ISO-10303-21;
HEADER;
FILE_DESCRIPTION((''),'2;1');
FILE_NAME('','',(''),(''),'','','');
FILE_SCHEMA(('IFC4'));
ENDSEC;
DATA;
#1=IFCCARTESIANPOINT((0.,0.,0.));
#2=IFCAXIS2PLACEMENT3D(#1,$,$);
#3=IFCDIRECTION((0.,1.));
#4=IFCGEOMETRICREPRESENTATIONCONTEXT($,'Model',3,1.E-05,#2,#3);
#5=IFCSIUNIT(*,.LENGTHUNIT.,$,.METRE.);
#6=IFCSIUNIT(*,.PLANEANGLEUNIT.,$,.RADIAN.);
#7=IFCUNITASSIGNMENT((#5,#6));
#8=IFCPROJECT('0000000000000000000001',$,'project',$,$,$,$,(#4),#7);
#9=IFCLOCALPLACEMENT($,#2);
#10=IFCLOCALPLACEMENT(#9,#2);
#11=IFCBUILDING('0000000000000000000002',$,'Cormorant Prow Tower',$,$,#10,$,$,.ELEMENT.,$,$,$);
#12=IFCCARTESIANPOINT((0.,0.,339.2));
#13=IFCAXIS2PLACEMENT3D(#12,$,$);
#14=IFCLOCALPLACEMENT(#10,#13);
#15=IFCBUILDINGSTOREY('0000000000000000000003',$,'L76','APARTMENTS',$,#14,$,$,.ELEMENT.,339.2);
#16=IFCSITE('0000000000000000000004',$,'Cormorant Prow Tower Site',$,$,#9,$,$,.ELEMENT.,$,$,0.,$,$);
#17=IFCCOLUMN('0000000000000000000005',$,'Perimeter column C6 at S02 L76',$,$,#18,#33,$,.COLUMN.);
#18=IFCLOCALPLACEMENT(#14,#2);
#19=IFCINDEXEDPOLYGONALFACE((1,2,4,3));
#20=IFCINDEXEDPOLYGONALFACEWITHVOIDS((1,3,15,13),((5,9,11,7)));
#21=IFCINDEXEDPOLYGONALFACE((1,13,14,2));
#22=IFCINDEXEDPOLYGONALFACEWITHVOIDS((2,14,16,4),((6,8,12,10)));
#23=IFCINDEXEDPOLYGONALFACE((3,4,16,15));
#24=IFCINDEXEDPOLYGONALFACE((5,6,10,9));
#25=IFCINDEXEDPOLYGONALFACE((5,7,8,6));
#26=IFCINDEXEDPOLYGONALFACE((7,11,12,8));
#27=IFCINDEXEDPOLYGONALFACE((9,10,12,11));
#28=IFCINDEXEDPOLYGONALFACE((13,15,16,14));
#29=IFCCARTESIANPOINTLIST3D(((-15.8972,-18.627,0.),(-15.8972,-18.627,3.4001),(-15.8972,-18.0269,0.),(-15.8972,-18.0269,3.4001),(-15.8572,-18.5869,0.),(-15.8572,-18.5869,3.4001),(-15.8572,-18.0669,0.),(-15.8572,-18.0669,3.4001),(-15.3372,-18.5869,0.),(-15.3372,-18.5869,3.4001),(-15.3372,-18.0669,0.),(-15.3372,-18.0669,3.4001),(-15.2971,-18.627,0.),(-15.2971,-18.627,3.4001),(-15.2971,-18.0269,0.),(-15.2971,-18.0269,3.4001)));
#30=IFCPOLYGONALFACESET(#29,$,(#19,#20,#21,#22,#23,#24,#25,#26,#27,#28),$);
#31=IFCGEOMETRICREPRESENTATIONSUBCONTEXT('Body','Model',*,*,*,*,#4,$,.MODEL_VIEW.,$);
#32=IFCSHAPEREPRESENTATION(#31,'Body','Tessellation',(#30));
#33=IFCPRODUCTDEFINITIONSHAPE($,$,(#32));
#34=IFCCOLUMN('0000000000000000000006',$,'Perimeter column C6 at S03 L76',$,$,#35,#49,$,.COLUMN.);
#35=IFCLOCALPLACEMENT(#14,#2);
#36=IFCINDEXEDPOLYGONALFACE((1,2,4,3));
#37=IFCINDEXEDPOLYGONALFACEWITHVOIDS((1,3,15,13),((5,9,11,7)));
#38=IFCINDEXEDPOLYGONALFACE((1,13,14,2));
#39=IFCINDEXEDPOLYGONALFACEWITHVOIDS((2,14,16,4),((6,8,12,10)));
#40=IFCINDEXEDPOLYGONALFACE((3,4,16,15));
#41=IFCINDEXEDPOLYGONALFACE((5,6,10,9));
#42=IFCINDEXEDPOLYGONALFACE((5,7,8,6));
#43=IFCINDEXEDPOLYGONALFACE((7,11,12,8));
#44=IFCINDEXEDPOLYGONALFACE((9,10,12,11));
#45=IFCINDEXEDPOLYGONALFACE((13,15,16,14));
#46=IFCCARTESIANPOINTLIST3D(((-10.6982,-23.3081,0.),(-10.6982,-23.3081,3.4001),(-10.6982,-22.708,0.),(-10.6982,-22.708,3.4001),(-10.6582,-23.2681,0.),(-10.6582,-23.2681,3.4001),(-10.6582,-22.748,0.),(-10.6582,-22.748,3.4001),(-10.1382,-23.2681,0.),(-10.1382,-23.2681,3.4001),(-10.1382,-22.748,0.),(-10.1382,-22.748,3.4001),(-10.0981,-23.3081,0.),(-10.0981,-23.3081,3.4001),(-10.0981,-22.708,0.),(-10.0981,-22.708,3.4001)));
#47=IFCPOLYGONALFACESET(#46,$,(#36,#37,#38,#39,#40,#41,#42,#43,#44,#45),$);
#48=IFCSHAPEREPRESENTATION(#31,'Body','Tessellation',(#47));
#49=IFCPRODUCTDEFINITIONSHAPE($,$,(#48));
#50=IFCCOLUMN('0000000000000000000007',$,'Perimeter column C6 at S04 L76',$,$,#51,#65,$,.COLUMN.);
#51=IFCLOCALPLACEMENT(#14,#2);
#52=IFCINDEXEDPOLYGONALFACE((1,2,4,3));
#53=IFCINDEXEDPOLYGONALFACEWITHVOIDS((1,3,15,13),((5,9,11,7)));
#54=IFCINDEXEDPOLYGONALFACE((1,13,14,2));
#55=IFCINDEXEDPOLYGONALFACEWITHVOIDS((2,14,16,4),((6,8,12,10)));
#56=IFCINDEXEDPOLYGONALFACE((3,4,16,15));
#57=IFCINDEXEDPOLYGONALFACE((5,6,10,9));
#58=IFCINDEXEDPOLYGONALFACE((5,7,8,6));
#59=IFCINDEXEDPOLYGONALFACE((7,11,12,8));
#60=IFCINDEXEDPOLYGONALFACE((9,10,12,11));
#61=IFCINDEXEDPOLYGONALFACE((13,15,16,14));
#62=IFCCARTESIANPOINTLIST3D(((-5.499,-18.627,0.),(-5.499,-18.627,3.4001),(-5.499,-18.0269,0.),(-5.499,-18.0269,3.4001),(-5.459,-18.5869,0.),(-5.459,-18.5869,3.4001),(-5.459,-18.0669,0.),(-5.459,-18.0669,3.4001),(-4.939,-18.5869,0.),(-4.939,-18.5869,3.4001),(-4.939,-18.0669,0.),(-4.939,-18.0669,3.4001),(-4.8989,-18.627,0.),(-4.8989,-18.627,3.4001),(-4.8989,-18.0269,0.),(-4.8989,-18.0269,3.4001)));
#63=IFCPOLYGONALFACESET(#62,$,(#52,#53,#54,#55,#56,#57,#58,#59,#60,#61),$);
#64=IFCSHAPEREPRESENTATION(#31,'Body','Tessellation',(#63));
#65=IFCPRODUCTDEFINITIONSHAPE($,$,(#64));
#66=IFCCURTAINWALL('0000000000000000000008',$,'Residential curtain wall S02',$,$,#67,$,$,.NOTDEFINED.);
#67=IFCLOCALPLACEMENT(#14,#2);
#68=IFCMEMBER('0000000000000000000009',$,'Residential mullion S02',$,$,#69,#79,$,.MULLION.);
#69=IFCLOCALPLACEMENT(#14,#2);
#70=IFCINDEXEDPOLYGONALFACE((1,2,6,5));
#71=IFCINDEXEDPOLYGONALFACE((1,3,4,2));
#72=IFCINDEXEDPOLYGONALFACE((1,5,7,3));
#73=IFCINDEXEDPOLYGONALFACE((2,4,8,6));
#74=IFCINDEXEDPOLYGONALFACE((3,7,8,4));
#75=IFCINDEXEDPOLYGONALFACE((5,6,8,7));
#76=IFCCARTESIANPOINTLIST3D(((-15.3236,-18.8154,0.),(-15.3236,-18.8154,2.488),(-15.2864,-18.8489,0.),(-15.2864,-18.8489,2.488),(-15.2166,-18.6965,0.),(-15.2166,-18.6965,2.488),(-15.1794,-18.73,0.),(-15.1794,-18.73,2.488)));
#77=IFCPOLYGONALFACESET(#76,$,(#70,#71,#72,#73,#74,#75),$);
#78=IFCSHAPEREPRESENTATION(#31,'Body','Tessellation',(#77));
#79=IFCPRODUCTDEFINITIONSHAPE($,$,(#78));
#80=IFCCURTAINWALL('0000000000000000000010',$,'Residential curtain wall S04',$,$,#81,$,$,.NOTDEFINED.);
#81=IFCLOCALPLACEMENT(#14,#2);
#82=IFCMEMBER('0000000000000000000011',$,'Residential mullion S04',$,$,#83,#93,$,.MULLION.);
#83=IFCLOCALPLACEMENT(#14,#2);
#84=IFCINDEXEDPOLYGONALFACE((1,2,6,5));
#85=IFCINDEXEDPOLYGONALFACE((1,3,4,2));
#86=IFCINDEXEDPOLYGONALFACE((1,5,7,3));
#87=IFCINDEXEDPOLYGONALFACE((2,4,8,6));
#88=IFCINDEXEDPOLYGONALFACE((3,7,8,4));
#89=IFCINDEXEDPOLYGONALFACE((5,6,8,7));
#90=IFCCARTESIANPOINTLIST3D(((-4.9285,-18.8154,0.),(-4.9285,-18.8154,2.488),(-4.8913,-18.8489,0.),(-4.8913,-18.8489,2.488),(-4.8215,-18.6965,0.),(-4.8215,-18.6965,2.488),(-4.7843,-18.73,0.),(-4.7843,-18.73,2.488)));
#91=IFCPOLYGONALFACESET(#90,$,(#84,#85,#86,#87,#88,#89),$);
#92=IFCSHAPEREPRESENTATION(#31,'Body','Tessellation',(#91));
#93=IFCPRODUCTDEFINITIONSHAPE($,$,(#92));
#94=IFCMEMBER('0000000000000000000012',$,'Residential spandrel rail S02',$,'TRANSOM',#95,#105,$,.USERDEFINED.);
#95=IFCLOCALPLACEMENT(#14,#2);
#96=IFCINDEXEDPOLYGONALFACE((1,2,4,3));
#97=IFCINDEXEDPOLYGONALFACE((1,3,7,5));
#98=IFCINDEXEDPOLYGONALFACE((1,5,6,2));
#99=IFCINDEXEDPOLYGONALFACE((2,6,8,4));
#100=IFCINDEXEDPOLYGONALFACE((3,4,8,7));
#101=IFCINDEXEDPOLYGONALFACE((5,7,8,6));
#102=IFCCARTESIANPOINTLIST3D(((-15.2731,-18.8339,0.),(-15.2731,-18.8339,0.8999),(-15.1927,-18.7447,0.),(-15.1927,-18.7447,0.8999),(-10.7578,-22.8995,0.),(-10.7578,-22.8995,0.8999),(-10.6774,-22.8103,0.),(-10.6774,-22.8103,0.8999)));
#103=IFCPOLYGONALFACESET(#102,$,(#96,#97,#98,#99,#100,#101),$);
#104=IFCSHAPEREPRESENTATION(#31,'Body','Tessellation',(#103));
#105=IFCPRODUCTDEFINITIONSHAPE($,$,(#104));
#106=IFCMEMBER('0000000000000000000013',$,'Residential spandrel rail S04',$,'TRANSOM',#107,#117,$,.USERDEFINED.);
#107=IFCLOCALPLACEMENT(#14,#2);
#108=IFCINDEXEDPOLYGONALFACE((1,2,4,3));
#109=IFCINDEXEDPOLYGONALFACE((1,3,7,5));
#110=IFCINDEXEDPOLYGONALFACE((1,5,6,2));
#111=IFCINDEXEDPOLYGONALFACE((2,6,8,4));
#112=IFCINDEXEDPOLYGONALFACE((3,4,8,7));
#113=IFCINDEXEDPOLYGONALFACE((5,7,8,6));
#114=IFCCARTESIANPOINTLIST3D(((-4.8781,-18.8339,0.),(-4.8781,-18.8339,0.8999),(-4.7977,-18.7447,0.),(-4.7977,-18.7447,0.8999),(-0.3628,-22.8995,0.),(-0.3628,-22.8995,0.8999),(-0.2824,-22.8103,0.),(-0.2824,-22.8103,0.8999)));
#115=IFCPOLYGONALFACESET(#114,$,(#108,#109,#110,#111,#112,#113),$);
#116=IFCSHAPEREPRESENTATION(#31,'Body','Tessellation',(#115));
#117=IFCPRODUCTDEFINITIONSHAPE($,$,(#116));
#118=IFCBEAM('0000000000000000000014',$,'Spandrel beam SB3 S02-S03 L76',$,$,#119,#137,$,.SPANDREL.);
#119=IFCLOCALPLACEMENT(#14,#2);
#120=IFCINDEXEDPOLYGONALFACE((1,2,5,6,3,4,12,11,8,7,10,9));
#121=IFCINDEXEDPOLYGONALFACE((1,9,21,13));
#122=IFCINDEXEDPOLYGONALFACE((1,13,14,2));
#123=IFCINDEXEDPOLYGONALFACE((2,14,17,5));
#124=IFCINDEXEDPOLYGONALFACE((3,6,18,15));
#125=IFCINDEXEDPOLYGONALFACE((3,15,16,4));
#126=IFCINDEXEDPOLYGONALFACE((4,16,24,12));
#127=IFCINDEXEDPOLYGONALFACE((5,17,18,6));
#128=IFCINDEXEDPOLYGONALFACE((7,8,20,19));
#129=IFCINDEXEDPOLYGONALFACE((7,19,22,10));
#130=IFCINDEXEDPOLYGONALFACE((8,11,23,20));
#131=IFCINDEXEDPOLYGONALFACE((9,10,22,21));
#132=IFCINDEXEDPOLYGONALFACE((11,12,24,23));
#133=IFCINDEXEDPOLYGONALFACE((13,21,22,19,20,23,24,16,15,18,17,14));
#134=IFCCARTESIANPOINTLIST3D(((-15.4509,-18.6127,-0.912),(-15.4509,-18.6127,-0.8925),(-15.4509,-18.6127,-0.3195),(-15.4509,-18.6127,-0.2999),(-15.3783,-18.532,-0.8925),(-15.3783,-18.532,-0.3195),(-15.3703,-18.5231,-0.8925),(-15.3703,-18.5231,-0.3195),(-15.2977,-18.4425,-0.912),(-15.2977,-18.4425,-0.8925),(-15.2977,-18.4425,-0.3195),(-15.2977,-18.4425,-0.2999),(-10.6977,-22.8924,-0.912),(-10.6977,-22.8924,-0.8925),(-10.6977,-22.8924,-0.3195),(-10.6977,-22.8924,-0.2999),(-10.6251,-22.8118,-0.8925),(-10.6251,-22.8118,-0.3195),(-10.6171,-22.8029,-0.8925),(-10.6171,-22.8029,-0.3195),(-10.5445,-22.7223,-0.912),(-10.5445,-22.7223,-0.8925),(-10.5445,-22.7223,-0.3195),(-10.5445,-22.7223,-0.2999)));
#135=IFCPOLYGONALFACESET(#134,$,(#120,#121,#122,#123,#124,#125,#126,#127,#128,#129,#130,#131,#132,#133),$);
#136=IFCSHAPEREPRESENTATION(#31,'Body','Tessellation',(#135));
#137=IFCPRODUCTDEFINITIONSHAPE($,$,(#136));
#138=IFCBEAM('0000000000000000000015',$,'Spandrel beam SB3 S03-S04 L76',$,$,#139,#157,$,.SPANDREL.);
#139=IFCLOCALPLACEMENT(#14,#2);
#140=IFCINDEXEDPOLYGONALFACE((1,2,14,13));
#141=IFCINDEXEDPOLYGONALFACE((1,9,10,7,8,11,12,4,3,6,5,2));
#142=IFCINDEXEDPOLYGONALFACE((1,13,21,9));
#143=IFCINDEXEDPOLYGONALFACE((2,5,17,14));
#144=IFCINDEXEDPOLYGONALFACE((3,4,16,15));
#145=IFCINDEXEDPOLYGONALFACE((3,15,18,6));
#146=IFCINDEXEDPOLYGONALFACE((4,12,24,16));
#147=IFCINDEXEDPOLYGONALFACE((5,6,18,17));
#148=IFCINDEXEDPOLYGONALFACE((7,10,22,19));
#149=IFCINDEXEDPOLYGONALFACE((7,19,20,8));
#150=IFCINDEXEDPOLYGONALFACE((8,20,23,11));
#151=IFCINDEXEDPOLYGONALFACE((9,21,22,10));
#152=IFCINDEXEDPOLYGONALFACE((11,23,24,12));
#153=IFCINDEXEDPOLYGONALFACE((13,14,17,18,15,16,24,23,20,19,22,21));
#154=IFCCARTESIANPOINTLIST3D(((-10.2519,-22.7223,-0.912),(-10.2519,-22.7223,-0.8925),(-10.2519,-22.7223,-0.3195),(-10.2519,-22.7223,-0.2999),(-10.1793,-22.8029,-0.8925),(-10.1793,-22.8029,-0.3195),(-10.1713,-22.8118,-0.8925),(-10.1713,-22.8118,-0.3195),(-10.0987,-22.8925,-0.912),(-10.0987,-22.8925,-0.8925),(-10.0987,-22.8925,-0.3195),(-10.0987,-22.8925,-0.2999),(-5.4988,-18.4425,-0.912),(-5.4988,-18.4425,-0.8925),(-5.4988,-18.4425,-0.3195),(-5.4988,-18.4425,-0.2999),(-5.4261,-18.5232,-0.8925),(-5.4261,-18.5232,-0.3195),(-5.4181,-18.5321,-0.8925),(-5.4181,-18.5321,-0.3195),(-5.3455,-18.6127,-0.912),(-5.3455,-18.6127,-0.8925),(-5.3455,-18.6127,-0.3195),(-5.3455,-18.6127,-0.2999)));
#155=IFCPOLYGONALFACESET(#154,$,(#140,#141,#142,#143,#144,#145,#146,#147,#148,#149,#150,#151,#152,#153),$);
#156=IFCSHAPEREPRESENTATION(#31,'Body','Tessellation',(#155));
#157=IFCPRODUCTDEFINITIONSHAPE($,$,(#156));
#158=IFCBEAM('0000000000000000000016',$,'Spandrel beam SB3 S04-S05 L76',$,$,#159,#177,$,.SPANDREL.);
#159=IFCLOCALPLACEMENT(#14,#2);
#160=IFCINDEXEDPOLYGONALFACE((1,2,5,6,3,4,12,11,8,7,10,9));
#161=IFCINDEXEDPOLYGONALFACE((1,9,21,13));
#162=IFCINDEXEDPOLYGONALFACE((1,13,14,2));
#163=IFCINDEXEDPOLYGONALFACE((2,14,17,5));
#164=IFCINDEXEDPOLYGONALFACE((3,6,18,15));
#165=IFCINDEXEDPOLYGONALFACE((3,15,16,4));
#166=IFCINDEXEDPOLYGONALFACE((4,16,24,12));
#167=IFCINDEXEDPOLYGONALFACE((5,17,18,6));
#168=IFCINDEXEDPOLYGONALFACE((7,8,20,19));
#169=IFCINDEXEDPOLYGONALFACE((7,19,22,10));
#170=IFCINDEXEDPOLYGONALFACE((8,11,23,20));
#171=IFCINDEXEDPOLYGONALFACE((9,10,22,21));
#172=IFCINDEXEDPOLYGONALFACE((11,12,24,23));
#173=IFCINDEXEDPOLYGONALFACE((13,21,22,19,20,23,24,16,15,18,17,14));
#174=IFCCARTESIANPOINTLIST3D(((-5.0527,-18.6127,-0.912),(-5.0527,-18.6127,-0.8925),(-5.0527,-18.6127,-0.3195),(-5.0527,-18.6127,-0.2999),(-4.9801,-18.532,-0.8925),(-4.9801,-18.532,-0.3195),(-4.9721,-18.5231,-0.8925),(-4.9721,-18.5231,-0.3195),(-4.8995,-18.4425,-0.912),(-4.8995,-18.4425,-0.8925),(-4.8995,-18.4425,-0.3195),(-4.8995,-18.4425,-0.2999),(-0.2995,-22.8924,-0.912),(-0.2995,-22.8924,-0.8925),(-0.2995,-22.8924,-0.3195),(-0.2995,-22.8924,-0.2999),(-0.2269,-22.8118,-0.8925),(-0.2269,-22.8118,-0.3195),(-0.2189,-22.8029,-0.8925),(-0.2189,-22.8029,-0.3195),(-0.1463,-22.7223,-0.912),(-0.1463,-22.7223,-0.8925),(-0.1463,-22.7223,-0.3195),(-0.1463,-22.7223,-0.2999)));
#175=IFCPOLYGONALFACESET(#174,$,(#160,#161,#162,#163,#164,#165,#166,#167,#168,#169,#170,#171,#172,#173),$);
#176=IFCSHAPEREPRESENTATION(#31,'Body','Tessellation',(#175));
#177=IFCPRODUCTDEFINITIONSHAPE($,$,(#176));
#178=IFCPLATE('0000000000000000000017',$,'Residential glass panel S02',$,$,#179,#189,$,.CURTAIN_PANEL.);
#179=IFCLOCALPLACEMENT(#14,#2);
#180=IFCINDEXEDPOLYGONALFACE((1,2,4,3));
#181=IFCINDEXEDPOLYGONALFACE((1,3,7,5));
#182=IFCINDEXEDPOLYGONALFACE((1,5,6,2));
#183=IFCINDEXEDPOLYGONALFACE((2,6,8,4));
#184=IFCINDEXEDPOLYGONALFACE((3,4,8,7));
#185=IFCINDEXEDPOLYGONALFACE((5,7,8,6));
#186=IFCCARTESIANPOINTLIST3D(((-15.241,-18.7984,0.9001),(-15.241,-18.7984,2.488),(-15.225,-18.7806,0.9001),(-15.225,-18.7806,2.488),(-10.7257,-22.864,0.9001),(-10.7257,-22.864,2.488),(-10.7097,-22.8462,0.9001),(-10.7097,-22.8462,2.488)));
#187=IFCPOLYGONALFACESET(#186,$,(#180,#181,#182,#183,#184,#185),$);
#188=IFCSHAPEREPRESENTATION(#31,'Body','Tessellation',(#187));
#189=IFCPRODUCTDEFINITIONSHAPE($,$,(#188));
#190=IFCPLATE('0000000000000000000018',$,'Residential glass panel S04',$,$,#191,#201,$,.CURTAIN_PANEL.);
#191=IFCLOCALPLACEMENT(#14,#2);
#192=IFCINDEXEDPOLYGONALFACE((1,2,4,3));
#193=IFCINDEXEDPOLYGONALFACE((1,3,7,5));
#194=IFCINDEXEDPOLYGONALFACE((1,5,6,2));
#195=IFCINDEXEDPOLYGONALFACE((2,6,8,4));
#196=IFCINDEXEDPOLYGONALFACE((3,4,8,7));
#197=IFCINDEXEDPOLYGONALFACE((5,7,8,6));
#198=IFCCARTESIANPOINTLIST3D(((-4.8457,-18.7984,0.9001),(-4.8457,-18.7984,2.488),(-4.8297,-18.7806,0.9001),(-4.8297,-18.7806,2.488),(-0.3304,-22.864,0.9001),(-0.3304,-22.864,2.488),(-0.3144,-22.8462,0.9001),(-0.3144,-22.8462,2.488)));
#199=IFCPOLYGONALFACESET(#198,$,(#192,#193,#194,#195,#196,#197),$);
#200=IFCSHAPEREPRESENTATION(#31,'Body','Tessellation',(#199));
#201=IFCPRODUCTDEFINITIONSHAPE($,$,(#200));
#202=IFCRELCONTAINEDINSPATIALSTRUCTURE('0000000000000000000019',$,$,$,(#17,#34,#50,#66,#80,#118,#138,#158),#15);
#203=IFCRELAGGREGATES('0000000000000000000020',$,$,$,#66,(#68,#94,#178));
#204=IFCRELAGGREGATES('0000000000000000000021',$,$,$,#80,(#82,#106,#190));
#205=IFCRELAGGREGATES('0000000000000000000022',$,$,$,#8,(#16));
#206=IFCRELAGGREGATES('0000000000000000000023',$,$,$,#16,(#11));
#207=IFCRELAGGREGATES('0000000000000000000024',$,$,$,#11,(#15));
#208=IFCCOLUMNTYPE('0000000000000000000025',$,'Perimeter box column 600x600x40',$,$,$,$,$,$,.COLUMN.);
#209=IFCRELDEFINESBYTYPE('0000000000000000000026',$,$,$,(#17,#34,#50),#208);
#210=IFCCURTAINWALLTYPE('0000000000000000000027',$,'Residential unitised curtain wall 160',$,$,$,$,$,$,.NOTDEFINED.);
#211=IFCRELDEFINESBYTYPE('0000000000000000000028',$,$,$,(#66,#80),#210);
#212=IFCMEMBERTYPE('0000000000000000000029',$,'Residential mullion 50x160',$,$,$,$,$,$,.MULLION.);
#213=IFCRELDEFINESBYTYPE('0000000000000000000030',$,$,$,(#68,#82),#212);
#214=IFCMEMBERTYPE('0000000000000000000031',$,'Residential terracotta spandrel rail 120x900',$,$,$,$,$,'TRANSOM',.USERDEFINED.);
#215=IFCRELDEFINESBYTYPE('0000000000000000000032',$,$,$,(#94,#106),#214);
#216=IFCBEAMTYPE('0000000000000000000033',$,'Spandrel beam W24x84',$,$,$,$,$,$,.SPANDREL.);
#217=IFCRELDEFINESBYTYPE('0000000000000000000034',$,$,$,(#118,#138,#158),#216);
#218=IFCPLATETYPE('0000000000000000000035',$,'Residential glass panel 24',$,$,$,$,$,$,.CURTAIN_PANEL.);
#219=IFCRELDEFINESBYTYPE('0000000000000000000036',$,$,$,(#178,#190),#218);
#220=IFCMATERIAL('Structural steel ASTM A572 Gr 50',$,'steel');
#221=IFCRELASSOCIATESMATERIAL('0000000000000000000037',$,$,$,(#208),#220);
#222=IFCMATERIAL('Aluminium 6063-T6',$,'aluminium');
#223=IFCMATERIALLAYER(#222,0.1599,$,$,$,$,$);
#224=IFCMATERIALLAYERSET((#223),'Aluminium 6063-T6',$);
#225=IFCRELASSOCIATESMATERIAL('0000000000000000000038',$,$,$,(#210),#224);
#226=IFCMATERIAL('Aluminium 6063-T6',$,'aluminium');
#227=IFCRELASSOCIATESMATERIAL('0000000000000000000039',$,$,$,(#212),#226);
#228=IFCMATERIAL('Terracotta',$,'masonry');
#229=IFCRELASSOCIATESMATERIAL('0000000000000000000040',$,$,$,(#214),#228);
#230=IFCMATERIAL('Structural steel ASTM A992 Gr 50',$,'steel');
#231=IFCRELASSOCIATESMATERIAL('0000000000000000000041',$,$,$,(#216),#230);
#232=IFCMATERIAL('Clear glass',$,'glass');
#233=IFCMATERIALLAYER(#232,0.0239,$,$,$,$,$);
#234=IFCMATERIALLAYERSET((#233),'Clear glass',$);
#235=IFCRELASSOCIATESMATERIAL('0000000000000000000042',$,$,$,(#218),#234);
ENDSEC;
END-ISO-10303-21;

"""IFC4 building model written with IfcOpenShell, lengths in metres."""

from ifc_helpers import new_model, si_unit, direction, frame, origin, origin_2d, place, context, subcontext, project, spatial, rectangle, hollow_rectangle, i_section, extrude, material, layer, layer_set, material_profile, profile_set, type_object, element, aggregate, save


model = new_model("IFC4")

# Units and contexts
model_context = context("Model", 3, precision=1e-05, world=origin(), true_north=direction((0.0, 1.0)))
body_context = subcontext(model_context, "Body", "Model", "MODEL_VIEW")
ifc_project = project(units=[si_unit("LENGTHUNIT", "METRE"), si_unit("PLANEANGLEUNIT", "RADIAN")], contexts=[model_context])

# Site, building, storey
site_placement = place(None, origin())
site = spatial("IfcSite", under=ifc_project, at=site_placement, Name="Cormorant Prow Tower Site", CompositionType="ELEMENT", RefElevation=0.0)
building_placement = place(site_placement, origin())
building = spatial("IfcBuilding", under=site, at=building_placement, Name="Cormorant Prow Tower", CompositionType="ELEMENT")
storey_placement = place(building_placement, frame((0.0, 0.0, 339.2)))
storey = spatial("IfcBuildingStorey", under=building, at=storey_placement, Name="L76", Description="APARTMENTS", CompositionType="ELEMENT", Elevation=339.2)

# Columns
ifc_material_1 = material(Name="Structural steel ASTM A572 Gr 50", Category="steel")
ifc_material_profile_1 = material_profile(ifc_material_1, hollow_rectangle(XDim=0.6001, YDim=0.6001, WallThickness=0.04, at=origin_2d()), Name="Box 600x600x40")
ifc_profile_set_1 = profile_set([ifc_material_profile_1], Name="Structural steel ASTM A572 Gr 50")
column_type = type_object("IfcColumnType", Name="Perimeter box column 600x600x40", PredefinedType="COLUMN", material=ifc_profile_set_1)
for number, where, z_axis, x_axis, name in (
    (1, (-15.5972, -18.3269, 0.0), (0.0, 0.0, 1.0), (1.0, 0.0, 0.0), "Perimeter column C6 at S02 L76"),
    (2, (-10.3982, -23.0081, 0.0), (0.0, 0.0, 1.0), (1.0, 0.0, 0.0), "Perimeter column C6 at S03 L76"),
    (3, (-5.199, -18.3269, 0.0), (0.0, 0.0, 1.0), (1.0, 0.0, 0.0), "Perimeter column C6 at S04 L76"),
):
    element("IfcColumn", number, at=place(storey_placement, frame(where, z_axis=z_axis, x_axis=x_axis)), inside=storey, type_object=column_type, Name=name, PredefinedType="COLUMN", context=body_context, shape_type="SweptSolid", body=[
        extrude(hollow_rectangle(XDim=0.6001, YDim=0.6001, WallThickness=0.04, at=origin_2d()), origin(), (0.0, 0.0, 1.0), 3.4001),
    ])

# Curtain walls, members
ifc_material_2 = material(Name="Aluminium 6063-T6", Category="aluminium")
ifc_layer_1 = layer(ifc_material_2, 0.1599)
ifc_layer_set_1 = layer_set([ifc_layer_1], Name="Aluminium 6063-T6")
curtain_wall_type = type_object("IfcCurtainWallType", Name="Residential unitised curtain wall 160", PredefinedType="NOTDEFINED", material=ifc_layer_set_1)
curtain_wall_1_placement = place(storey_placement, origin())
curtain_wall_1 = element("IfcCurtainWall", 4, at=curtain_wall_1_placement, inside=storey, type_object=curtain_wall_type, Name="Residential curtain wall S02", PredefinedType="NOTDEFINED")
ifc_material_3 = material(Name="Aluminium 6063-T6", Category="aluminium")
ifc_material_profile_2 = material_profile(ifc_material_3, rectangle(XDim=0.1599, YDim=0.05, at=origin_2d()), Name="Residential mullion 50x160")
ifc_profile_set_2 = profile_set([ifc_material_profile_2], Name="Aluminium 6063-T6")
member_type_1 = type_object("IfcMemberType", Name="Residential mullion 50x160", PredefinedType="MULLION", material=ifc_profile_set_2)
member_1_placement = place(storey_placement, frame((-15.2515, -18.7727, 0.0), z_axis=(0.0, 0.0, 1.0), x_axis=(0.669131, 0.743145, 0.0)))
member_1 = element("IfcMember", 5, at=member_1_placement, type_object=member_type_1, Name="Residential mullion S02", PredefinedType="MULLION", context=body_context, shape_type="SweptSolid", body=[
    extrude(rectangle(XDim=0.1599, YDim=0.05, at=origin_2d()), origin(), (0.0, 0.0, 1.0), 2.488),
])
curtain_wall_2_placement = place(storey_placement, origin())
curtain_wall_2 = element("IfcCurtainWall", 6, at=curtain_wall_2_placement, inside=storey, type_object=curtain_wall_type, Name="Residential curtain wall S04", PredefinedType="NOTDEFINED")
member_2_placement = place(storey_placement, frame((-4.8564, -18.7727, 0.0), z_axis=(0.0, 0.0, 1.0), x_axis=(0.669131, 0.743145, 0.0)))
member_2 = element("IfcMember", 7, at=member_2_placement, type_object=member_type_1, Name="Residential mullion S04", PredefinedType="MULLION", context=body_context, shape_type="SweptSolid", body=[
    extrude(rectangle(XDim=0.1599, YDim=0.05, at=origin_2d()), origin(), (0.0, 0.0, 1.0), 2.488),
])

# Members
ifc_material_4 = material(Name="Terracotta", Category="masonry")
ifc_material_profile_3 = material_profile(ifc_material_4, rectangle(XDim=0.1201, YDim=0.8999, at=origin_2d()), Name="Residential terracotta spandrel rail 120x900")
ifc_profile_set_3 = profile_set([ifc_material_profile_3], Name="Terracotta")
member_type_2 = type_object("IfcMemberType", Name="Residential terracotta spandrel rail 120x900", ElementType="TRANSOM", PredefinedType="USERDEFINED", material=ifc_profile_set_3)
member_3_placement = place(storey_placement, frame((-15.2329, -18.7893, 0.45), z_axis=(0.743144, -0.669131, 0.0), x_axis=(0.669131, 0.743144, 0.0)))
member_3 = element("IfcMember", 8, at=member_3_placement, type_object=member_type_2, Name="Residential spandrel rail S02", ObjectType="TRANSOM", PredefinedType="USERDEFINED", context=body_context, shape_type="SweptSolid", body=[
    extrude(rectangle(XDim=0.1201, YDim=0.8999, at=origin_2d()), origin(), (0.0, 0.0, 1.0), 6.0759),
])
member_4_placement = place(storey_placement, frame((-4.8379, -18.7893, 0.45), z_axis=(0.743144, -0.669131, 0.0), x_axis=(0.669131, 0.743144, 0.0)))
member_4 = element("IfcMember", 9, at=member_4_placement, type_object=member_type_2, Name="Residential spandrel rail S04", ObjectType="TRANSOM", PredefinedType="USERDEFINED", context=body_context, shape_type="SweptSolid", body=[
    extrude(rectangle(XDim=0.1201, YDim=0.8999, at=origin_2d()), origin(), (0.0, 0.0, 1.0), 6.0759),
])

# Beams
ifc_material_5 = material(Name="Structural steel ASTM A992 Gr 50", Category="steel")
ifc_material_profile_4 = material_profile(ifc_material_5, i_section(OverallWidth=0.229, OverallDepth=0.6121, WebThickness=0.012, FlangeThickness=0.0195, at=origin_2d()), Name="W24x84")
ifc_profile_set_4 = profile_set([ifc_material_profile_4], Name="Structural steel ASTM A992 Gr 50")
beam_type = type_object("IfcBeamType", Name="Spandrel beam W24x84", PredefinedType="SPANDREL", material=ifc_profile_set_4)
for number, where, z_axis, x_axis, name in (
    (10, (-15.3743, -18.5276, -0.606), (0.743144, -0.669131, 0.0), (0.669131, 0.743144, 0.0), "Spandrel beam SB3 S02-S03 L76"),
    (11, (-10.1753, -22.8074, -0.606), (0.743144, 0.669131, 0.0), (-0.669131, 0.743144, 0.0), "Spandrel beam SB3 S03-S04 L76"),
    (12, (-4.9761, -18.5276, -0.606), (0.743144, -0.669131, 0.0), (0.669131, 0.743144, 0.0), "Spandrel beam SB3 S04-S05 L76"),
):
    element("IfcBeam", number, at=place(storey_placement, frame(where, z_axis=z_axis, x_axis=x_axis)), inside=storey, type_object=beam_type, Name=name, PredefinedType="SPANDREL", context=body_context, shape_type="SweptSolid", body=[
        extrude(i_section(OverallWidth=0.229, OverallDepth=0.6121, WebThickness=0.012, FlangeThickness=0.0195, at=origin_2d()), origin(), (0.0, 0.0, 1.0), 6.396),
    ])

# Plates
ifc_material_6 = material(Name="Clear glass", Category="glass")
ifc_layer_2 = layer(ifc_material_6, 0.0239)
ifc_layer_set_2 = layer_set([ifc_layer_2], Name="Clear glass")
plate_type = type_object("IfcPlateType", Name="Residential glass panel 24", PredefinedType="CURTAIN_PANEL", material=ifc_layer_set_2)
plate_1_placement = place(storey_placement, frame((-12.9753, -20.8223, 0.9001), z_axis=(0.0, 0.0, 1.0), x_axis=(0.743145, -0.669131, 0.0)))
plate_1 = element("IfcPlate", 13, at=plate_1_placement, type_object=plate_type, Name="Residential glass panel S02", PredefinedType="CURTAIN_PANEL", context=body_context, shape_type="SweptSolid", body=[
    extrude(rectangle(XDim=6.0759, YDim=0.0239, at=origin_2d()), origin(), (0.0, 0.0, 1.0), 1.5879),
])
aggregate(curtain_wall_1, [member_1, member_3, plate_1])
plate_2_placement = place(storey_placement, frame((-2.5801, -20.8223, 0.9001), z_axis=(0.0, 0.0, 1.0), x_axis=(0.743145, -0.669131, 0.0)))
plate_2 = element("IfcPlate", 14, at=plate_2_placement, type_object=plate_type, Name="Residential glass panel S04", PredefinedType="CURTAIN_PANEL", context=body_context, shape_type="SweptSolid", body=[
    extrude(rectangle(XDim=6.0759, YDim=0.0239, at=origin_2d()), origin(), (0.0, 0.0, 1.0), 1.5879),
])
aggregate(curtain_wall_2, [member_2, member_4, plate_2])

save(model, "model.ifc")
